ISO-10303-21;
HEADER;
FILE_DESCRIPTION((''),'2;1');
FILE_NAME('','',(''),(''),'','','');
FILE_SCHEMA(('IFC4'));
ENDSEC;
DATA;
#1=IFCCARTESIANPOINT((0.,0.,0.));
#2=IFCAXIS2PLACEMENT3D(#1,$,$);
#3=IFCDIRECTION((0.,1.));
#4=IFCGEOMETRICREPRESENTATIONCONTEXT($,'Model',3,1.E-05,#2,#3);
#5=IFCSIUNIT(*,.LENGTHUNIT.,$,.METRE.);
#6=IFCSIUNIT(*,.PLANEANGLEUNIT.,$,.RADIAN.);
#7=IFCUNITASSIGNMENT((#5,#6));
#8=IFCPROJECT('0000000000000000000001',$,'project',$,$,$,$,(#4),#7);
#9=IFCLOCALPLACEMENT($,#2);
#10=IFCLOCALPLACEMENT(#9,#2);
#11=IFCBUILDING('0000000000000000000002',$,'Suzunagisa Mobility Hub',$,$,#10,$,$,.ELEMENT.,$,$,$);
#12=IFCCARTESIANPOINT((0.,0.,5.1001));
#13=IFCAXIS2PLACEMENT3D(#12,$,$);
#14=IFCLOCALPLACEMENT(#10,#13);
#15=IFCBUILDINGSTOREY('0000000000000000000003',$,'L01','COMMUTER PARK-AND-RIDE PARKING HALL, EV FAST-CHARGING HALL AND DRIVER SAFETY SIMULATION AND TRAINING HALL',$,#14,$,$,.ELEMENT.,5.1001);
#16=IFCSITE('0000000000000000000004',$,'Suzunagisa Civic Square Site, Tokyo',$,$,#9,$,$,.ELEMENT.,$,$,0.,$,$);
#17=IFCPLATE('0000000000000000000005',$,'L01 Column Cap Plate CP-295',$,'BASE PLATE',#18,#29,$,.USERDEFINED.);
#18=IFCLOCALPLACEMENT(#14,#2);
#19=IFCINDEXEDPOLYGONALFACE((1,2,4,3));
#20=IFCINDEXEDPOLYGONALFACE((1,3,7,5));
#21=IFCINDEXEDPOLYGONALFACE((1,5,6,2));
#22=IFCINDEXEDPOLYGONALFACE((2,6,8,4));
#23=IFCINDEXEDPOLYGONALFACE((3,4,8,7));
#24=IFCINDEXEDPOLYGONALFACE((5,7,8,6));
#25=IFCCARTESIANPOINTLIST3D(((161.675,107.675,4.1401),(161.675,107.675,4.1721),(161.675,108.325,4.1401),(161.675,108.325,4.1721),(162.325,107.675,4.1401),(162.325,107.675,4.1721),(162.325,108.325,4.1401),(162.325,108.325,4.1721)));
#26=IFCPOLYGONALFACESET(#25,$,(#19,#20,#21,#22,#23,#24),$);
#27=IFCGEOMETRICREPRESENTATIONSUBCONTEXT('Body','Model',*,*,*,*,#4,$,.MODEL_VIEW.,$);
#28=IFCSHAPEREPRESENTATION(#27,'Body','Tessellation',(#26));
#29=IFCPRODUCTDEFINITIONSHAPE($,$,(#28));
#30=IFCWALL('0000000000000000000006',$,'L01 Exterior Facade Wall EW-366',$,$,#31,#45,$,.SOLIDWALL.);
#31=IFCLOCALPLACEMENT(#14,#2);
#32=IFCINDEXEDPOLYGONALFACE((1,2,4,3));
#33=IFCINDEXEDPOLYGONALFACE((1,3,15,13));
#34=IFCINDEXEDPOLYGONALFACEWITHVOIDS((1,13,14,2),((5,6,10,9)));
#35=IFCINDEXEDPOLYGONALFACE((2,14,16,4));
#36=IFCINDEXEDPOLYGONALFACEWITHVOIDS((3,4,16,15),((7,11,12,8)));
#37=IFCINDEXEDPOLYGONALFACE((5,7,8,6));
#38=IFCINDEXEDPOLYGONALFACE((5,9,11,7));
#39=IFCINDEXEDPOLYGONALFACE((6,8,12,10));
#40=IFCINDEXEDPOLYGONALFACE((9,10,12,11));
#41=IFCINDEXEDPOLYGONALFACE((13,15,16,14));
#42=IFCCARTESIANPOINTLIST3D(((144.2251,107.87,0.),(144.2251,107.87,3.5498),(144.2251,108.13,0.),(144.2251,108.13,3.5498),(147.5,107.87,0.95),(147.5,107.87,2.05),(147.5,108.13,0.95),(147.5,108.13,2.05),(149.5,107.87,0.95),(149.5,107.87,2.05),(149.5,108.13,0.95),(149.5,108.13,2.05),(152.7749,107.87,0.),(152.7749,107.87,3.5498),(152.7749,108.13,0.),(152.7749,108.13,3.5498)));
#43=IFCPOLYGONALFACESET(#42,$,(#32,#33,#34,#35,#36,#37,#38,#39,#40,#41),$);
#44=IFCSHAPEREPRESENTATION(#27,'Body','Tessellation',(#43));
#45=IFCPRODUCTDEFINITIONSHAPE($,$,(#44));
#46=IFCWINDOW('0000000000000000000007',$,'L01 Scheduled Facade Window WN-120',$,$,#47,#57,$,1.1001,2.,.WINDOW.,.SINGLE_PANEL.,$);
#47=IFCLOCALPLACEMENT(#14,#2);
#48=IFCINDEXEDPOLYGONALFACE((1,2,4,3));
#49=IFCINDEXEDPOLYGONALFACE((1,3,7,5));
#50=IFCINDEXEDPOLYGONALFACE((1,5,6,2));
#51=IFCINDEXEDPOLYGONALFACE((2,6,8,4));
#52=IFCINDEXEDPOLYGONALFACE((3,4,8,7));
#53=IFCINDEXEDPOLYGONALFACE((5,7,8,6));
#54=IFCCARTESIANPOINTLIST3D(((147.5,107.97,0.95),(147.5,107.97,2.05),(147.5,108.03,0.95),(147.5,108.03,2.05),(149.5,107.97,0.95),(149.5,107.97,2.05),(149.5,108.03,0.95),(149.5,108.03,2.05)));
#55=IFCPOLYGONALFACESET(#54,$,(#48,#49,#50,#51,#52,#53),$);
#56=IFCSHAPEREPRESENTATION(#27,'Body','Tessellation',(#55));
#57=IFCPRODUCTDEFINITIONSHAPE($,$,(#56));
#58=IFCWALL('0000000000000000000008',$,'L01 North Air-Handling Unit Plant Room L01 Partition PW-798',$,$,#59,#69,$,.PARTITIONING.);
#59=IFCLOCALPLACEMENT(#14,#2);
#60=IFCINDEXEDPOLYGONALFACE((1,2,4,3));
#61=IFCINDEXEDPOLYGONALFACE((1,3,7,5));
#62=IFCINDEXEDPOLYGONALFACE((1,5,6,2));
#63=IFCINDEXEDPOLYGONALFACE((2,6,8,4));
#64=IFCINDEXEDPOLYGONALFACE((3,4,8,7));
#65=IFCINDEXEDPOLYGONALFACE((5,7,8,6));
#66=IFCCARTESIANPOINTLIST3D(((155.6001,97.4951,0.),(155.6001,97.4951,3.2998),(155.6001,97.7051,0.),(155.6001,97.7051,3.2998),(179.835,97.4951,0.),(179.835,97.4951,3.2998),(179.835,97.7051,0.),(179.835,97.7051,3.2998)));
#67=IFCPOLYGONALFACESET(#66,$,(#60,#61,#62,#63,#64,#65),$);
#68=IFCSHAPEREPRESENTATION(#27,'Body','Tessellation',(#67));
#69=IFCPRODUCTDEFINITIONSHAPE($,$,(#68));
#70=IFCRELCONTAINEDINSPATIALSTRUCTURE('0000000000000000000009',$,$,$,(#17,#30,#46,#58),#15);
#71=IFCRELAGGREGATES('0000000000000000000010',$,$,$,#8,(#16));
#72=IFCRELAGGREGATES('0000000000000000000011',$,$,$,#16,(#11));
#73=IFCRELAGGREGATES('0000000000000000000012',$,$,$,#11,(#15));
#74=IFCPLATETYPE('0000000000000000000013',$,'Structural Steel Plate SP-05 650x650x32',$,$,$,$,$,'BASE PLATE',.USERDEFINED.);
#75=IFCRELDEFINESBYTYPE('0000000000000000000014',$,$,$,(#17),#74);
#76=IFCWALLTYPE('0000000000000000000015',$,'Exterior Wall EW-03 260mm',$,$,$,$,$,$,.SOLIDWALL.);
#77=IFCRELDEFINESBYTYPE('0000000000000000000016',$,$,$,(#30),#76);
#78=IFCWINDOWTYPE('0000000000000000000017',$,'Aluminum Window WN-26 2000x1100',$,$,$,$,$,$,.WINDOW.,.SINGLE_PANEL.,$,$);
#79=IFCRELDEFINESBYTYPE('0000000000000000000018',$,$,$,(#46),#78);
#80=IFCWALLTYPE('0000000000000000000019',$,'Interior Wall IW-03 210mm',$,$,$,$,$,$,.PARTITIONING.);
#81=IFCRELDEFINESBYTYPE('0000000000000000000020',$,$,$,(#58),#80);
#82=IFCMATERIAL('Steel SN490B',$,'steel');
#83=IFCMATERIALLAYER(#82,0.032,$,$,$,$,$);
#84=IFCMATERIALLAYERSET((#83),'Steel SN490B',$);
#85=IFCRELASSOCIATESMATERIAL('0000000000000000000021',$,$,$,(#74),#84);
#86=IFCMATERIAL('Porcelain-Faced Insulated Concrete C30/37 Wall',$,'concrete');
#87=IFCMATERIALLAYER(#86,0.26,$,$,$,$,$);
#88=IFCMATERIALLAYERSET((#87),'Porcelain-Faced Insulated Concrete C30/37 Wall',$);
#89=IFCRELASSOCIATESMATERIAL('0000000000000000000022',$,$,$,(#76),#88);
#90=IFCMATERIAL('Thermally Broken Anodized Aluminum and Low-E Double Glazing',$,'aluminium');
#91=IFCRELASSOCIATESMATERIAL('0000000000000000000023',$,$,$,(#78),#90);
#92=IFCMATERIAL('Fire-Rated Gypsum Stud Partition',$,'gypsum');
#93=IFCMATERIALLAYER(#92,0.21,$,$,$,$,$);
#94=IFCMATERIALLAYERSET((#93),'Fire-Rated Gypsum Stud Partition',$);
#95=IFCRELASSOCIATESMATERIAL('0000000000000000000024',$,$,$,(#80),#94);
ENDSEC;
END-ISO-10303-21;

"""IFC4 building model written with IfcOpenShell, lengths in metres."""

from ifc_helpers import new_model, si_unit, direction, frame, frame_2d, origin, origin_2d, place, context, subcontext, project, spatial, rectangle, extrude, material, layer, layer_set, type_object, element, fill, save


model = new_model("IFC4")

# Units and contexts
model_context = context("Model", 3, precision=1e-05, world=origin(), true_north=direction((0.0, 1.0)))
body_context = subcontext(model_context, "Body", "Model", "MODEL_VIEW")
ifc_project = project(units=[si_unit("LENGTHUNIT", "METRE"), si_unit("PLANEANGLEUNIT", "RADIAN")], contexts=[model_context])

# Site, building, storey
site_placement = place(None, origin())
site = spatial("IfcSite", under=ifc_project, at=site_placement, Name="Suzunagisa Civic Square Site, Tokyo", CompositionType="ELEMENT", RefElevation=0.0)
building_placement = place(site_placement, origin())
building = spatial("IfcBuilding", under=site, at=building_placement, Name="Suzunagisa Mobility Hub", CompositionType="ELEMENT")
storey_placement = place(building_placement, frame((0.0, 0.0, 5.1001)))
storey = spatial("IfcBuildingStorey", under=building, at=storey_placement, Name="L01", Description="COMMUTER PARK-AND-RIDE PARKING HALL, EV FAST-CHARGING HALL AND DRIVER SAFETY SIMULATION AND TRAINING HALL", CompositionType="ELEMENT", Elevation=5.1001)

# Shared definitions
ifc_material_1 = material(Name="Steel SN490B", Category="steel")

# Plate
ifc_layer_1 = layer(ifc_material_1, 0.032)
ifc_layer_set_1 = layer_set([ifc_layer_1], Name="Steel SN490B")
plate_type_1 = type_object("IfcPlateType", Name="Structural Steel Plate SP-05 650x650x32", ElementType="BASE PLATE", PredefinedType="USERDEFINED", material=ifc_layer_set_1)
for number, where, z_axis, x_axis, name in (
    (1, (162.0, 108.0, 4.1401), (0.0, 0.0, 1.0), (1.0, 0.0, 0.0), "L01 Column Cap Plate CP-295"),
):
    element("IfcPlate", number, at=place(storey_placement, frame(where, z_axis=z_axis, x_axis=x_axis)), inside=storey, type_object=plate_type_1, Name=name, ObjectType="BASE PLATE", PredefinedType="USERDEFINED", context=body_context, shape_type="SweptSolid", body=[
        extrude(rectangle(XDim=0.6499, YDim=0.6499, at=origin_2d()), origin(), (0.0, 0.0, 1.0), 0.032),
    ])

# Wall, opening, window
ifc_material_2 = material(Name="Porcelain-Faced Insulated Concrete C30/37 Wall", Category="concrete")
ifc_layer_2 = layer(ifc_material_2, 0.26)
ifc_layer_set_2 = layer_set([ifc_layer_2], Name="Porcelain-Faced Insulated Concrete C30/37 Wall")
wall_type_1 = type_object("IfcWallType", Name="Exterior Wall EW-03 260mm", PredefinedType="SOLIDWALL", material=ifc_layer_set_2)
wall_1_placement = place(storey_placement, frame((152.7749, 108.0, 0.0), z_axis=(0.0, 0.0, 1.0), x_axis=(-1.0, 0.0, 0.0)))
wall_1 = element("IfcWall", 2, at=wall_1_placement, inside=storey, type_object=wall_type_1, Name="L01 Exterior Facade Wall EW-366", PredefinedType="SOLIDWALL", context=body_context, shape_type="SweptSolid", body=[
    extrude(rectangle(XDim=8.5498, YDim=0.26, at=frame_2d((4.2749, 0.0))), origin(), (0.0, 0.0, 1.0), 3.5498),
])
opening_placement = place(wall_1_placement, frame((3.2749, 0.0, 0.95)))
opening = element("IfcOpeningElement", 3, at=opening_placement, cuts=wall_1, PredefinedType="OPENING", context=body_context, shape_type="SweptSolid", body=[
    extrude(rectangle(XDim=2.0, YDim=1.1001, at=frame_2d((1.0, 0.55))), frame((0.0, 0.1411, 0.0), z_axis=(0.0, -1.0, 0.0), x_axis=(1.0, 0.0, 0.0)), (0.0, 0.0, 1.0), 0.282),
])
ifc_material_3 = material(Name="Thermally Broken Anodized Aluminum and Low-E Double Glazing", Category="aluminium")
window_type = type_object("IfcWindowType", Name="Aluminum Window WN-26 2000x1100", PartitioningType="SINGLE_PANEL", PredefinedType="WINDOW", material=ifc_material_3)
window_placement = place(opening_placement, origin())
window = element("IfcWindow", 4, at=window_placement, inside=storey, type_object=window_type, Name="L01 Scheduled Facade Window WN-120", OverallHeight=1.1001, OverallWidth=2.0, PartitioningType="SINGLE_PANEL", PredefinedType="WINDOW", context=body_context, shape_type="SweptSolid", body=[
    extrude(rectangle(XDim=2.0, YDim=1.1001, at=frame_2d((1.0, 0.55))), frame((0.0, 0.03, 0.0), z_axis=(0.0, -1.0, 0.0), x_axis=(1.0, 0.0, 0.0)), (0.0, 0.0, 1.0), 0.0601),
])
fill(opening, window)

# Wall
ifc_material_4 = material(Name="Fire-Rated Gypsum Stud Partition", Category="gypsum")
ifc_layer_3 = layer(ifc_material_4, 0.21)
ifc_layer_set_3 = layer_set([ifc_layer_3], Name="Fire-Rated Gypsum Stud Partition")
wall_type_2 = type_object("IfcWallType", Name="Interior Wall IW-03 210mm", PredefinedType="PARTITIONING", material=ifc_layer_set_3)
wall_2_placement = place(storey_placement, frame((155.6001, 97.6001, 0.0), z_axis=(0.0, 0.0, 1.0), x_axis=(1.0, 0.0, 0.0)))
element("IfcWall", 5, at=wall_2_placement, inside=storey, type_object=wall_type_2, Name="L01 North Air-Handling Unit Plant Room L01 Partition PW-798", PredefinedType="PARTITIONING", context=body_context, shape_type="SweptSolid", body=[
    extrude(rectangle(XDim=24.2349, YDim=0.21, at=frame_2d((12.1174, 0.0))), origin(), (0.0, 0.0, 1.0), 3.2998),
])

save(model, "model.ifc")
